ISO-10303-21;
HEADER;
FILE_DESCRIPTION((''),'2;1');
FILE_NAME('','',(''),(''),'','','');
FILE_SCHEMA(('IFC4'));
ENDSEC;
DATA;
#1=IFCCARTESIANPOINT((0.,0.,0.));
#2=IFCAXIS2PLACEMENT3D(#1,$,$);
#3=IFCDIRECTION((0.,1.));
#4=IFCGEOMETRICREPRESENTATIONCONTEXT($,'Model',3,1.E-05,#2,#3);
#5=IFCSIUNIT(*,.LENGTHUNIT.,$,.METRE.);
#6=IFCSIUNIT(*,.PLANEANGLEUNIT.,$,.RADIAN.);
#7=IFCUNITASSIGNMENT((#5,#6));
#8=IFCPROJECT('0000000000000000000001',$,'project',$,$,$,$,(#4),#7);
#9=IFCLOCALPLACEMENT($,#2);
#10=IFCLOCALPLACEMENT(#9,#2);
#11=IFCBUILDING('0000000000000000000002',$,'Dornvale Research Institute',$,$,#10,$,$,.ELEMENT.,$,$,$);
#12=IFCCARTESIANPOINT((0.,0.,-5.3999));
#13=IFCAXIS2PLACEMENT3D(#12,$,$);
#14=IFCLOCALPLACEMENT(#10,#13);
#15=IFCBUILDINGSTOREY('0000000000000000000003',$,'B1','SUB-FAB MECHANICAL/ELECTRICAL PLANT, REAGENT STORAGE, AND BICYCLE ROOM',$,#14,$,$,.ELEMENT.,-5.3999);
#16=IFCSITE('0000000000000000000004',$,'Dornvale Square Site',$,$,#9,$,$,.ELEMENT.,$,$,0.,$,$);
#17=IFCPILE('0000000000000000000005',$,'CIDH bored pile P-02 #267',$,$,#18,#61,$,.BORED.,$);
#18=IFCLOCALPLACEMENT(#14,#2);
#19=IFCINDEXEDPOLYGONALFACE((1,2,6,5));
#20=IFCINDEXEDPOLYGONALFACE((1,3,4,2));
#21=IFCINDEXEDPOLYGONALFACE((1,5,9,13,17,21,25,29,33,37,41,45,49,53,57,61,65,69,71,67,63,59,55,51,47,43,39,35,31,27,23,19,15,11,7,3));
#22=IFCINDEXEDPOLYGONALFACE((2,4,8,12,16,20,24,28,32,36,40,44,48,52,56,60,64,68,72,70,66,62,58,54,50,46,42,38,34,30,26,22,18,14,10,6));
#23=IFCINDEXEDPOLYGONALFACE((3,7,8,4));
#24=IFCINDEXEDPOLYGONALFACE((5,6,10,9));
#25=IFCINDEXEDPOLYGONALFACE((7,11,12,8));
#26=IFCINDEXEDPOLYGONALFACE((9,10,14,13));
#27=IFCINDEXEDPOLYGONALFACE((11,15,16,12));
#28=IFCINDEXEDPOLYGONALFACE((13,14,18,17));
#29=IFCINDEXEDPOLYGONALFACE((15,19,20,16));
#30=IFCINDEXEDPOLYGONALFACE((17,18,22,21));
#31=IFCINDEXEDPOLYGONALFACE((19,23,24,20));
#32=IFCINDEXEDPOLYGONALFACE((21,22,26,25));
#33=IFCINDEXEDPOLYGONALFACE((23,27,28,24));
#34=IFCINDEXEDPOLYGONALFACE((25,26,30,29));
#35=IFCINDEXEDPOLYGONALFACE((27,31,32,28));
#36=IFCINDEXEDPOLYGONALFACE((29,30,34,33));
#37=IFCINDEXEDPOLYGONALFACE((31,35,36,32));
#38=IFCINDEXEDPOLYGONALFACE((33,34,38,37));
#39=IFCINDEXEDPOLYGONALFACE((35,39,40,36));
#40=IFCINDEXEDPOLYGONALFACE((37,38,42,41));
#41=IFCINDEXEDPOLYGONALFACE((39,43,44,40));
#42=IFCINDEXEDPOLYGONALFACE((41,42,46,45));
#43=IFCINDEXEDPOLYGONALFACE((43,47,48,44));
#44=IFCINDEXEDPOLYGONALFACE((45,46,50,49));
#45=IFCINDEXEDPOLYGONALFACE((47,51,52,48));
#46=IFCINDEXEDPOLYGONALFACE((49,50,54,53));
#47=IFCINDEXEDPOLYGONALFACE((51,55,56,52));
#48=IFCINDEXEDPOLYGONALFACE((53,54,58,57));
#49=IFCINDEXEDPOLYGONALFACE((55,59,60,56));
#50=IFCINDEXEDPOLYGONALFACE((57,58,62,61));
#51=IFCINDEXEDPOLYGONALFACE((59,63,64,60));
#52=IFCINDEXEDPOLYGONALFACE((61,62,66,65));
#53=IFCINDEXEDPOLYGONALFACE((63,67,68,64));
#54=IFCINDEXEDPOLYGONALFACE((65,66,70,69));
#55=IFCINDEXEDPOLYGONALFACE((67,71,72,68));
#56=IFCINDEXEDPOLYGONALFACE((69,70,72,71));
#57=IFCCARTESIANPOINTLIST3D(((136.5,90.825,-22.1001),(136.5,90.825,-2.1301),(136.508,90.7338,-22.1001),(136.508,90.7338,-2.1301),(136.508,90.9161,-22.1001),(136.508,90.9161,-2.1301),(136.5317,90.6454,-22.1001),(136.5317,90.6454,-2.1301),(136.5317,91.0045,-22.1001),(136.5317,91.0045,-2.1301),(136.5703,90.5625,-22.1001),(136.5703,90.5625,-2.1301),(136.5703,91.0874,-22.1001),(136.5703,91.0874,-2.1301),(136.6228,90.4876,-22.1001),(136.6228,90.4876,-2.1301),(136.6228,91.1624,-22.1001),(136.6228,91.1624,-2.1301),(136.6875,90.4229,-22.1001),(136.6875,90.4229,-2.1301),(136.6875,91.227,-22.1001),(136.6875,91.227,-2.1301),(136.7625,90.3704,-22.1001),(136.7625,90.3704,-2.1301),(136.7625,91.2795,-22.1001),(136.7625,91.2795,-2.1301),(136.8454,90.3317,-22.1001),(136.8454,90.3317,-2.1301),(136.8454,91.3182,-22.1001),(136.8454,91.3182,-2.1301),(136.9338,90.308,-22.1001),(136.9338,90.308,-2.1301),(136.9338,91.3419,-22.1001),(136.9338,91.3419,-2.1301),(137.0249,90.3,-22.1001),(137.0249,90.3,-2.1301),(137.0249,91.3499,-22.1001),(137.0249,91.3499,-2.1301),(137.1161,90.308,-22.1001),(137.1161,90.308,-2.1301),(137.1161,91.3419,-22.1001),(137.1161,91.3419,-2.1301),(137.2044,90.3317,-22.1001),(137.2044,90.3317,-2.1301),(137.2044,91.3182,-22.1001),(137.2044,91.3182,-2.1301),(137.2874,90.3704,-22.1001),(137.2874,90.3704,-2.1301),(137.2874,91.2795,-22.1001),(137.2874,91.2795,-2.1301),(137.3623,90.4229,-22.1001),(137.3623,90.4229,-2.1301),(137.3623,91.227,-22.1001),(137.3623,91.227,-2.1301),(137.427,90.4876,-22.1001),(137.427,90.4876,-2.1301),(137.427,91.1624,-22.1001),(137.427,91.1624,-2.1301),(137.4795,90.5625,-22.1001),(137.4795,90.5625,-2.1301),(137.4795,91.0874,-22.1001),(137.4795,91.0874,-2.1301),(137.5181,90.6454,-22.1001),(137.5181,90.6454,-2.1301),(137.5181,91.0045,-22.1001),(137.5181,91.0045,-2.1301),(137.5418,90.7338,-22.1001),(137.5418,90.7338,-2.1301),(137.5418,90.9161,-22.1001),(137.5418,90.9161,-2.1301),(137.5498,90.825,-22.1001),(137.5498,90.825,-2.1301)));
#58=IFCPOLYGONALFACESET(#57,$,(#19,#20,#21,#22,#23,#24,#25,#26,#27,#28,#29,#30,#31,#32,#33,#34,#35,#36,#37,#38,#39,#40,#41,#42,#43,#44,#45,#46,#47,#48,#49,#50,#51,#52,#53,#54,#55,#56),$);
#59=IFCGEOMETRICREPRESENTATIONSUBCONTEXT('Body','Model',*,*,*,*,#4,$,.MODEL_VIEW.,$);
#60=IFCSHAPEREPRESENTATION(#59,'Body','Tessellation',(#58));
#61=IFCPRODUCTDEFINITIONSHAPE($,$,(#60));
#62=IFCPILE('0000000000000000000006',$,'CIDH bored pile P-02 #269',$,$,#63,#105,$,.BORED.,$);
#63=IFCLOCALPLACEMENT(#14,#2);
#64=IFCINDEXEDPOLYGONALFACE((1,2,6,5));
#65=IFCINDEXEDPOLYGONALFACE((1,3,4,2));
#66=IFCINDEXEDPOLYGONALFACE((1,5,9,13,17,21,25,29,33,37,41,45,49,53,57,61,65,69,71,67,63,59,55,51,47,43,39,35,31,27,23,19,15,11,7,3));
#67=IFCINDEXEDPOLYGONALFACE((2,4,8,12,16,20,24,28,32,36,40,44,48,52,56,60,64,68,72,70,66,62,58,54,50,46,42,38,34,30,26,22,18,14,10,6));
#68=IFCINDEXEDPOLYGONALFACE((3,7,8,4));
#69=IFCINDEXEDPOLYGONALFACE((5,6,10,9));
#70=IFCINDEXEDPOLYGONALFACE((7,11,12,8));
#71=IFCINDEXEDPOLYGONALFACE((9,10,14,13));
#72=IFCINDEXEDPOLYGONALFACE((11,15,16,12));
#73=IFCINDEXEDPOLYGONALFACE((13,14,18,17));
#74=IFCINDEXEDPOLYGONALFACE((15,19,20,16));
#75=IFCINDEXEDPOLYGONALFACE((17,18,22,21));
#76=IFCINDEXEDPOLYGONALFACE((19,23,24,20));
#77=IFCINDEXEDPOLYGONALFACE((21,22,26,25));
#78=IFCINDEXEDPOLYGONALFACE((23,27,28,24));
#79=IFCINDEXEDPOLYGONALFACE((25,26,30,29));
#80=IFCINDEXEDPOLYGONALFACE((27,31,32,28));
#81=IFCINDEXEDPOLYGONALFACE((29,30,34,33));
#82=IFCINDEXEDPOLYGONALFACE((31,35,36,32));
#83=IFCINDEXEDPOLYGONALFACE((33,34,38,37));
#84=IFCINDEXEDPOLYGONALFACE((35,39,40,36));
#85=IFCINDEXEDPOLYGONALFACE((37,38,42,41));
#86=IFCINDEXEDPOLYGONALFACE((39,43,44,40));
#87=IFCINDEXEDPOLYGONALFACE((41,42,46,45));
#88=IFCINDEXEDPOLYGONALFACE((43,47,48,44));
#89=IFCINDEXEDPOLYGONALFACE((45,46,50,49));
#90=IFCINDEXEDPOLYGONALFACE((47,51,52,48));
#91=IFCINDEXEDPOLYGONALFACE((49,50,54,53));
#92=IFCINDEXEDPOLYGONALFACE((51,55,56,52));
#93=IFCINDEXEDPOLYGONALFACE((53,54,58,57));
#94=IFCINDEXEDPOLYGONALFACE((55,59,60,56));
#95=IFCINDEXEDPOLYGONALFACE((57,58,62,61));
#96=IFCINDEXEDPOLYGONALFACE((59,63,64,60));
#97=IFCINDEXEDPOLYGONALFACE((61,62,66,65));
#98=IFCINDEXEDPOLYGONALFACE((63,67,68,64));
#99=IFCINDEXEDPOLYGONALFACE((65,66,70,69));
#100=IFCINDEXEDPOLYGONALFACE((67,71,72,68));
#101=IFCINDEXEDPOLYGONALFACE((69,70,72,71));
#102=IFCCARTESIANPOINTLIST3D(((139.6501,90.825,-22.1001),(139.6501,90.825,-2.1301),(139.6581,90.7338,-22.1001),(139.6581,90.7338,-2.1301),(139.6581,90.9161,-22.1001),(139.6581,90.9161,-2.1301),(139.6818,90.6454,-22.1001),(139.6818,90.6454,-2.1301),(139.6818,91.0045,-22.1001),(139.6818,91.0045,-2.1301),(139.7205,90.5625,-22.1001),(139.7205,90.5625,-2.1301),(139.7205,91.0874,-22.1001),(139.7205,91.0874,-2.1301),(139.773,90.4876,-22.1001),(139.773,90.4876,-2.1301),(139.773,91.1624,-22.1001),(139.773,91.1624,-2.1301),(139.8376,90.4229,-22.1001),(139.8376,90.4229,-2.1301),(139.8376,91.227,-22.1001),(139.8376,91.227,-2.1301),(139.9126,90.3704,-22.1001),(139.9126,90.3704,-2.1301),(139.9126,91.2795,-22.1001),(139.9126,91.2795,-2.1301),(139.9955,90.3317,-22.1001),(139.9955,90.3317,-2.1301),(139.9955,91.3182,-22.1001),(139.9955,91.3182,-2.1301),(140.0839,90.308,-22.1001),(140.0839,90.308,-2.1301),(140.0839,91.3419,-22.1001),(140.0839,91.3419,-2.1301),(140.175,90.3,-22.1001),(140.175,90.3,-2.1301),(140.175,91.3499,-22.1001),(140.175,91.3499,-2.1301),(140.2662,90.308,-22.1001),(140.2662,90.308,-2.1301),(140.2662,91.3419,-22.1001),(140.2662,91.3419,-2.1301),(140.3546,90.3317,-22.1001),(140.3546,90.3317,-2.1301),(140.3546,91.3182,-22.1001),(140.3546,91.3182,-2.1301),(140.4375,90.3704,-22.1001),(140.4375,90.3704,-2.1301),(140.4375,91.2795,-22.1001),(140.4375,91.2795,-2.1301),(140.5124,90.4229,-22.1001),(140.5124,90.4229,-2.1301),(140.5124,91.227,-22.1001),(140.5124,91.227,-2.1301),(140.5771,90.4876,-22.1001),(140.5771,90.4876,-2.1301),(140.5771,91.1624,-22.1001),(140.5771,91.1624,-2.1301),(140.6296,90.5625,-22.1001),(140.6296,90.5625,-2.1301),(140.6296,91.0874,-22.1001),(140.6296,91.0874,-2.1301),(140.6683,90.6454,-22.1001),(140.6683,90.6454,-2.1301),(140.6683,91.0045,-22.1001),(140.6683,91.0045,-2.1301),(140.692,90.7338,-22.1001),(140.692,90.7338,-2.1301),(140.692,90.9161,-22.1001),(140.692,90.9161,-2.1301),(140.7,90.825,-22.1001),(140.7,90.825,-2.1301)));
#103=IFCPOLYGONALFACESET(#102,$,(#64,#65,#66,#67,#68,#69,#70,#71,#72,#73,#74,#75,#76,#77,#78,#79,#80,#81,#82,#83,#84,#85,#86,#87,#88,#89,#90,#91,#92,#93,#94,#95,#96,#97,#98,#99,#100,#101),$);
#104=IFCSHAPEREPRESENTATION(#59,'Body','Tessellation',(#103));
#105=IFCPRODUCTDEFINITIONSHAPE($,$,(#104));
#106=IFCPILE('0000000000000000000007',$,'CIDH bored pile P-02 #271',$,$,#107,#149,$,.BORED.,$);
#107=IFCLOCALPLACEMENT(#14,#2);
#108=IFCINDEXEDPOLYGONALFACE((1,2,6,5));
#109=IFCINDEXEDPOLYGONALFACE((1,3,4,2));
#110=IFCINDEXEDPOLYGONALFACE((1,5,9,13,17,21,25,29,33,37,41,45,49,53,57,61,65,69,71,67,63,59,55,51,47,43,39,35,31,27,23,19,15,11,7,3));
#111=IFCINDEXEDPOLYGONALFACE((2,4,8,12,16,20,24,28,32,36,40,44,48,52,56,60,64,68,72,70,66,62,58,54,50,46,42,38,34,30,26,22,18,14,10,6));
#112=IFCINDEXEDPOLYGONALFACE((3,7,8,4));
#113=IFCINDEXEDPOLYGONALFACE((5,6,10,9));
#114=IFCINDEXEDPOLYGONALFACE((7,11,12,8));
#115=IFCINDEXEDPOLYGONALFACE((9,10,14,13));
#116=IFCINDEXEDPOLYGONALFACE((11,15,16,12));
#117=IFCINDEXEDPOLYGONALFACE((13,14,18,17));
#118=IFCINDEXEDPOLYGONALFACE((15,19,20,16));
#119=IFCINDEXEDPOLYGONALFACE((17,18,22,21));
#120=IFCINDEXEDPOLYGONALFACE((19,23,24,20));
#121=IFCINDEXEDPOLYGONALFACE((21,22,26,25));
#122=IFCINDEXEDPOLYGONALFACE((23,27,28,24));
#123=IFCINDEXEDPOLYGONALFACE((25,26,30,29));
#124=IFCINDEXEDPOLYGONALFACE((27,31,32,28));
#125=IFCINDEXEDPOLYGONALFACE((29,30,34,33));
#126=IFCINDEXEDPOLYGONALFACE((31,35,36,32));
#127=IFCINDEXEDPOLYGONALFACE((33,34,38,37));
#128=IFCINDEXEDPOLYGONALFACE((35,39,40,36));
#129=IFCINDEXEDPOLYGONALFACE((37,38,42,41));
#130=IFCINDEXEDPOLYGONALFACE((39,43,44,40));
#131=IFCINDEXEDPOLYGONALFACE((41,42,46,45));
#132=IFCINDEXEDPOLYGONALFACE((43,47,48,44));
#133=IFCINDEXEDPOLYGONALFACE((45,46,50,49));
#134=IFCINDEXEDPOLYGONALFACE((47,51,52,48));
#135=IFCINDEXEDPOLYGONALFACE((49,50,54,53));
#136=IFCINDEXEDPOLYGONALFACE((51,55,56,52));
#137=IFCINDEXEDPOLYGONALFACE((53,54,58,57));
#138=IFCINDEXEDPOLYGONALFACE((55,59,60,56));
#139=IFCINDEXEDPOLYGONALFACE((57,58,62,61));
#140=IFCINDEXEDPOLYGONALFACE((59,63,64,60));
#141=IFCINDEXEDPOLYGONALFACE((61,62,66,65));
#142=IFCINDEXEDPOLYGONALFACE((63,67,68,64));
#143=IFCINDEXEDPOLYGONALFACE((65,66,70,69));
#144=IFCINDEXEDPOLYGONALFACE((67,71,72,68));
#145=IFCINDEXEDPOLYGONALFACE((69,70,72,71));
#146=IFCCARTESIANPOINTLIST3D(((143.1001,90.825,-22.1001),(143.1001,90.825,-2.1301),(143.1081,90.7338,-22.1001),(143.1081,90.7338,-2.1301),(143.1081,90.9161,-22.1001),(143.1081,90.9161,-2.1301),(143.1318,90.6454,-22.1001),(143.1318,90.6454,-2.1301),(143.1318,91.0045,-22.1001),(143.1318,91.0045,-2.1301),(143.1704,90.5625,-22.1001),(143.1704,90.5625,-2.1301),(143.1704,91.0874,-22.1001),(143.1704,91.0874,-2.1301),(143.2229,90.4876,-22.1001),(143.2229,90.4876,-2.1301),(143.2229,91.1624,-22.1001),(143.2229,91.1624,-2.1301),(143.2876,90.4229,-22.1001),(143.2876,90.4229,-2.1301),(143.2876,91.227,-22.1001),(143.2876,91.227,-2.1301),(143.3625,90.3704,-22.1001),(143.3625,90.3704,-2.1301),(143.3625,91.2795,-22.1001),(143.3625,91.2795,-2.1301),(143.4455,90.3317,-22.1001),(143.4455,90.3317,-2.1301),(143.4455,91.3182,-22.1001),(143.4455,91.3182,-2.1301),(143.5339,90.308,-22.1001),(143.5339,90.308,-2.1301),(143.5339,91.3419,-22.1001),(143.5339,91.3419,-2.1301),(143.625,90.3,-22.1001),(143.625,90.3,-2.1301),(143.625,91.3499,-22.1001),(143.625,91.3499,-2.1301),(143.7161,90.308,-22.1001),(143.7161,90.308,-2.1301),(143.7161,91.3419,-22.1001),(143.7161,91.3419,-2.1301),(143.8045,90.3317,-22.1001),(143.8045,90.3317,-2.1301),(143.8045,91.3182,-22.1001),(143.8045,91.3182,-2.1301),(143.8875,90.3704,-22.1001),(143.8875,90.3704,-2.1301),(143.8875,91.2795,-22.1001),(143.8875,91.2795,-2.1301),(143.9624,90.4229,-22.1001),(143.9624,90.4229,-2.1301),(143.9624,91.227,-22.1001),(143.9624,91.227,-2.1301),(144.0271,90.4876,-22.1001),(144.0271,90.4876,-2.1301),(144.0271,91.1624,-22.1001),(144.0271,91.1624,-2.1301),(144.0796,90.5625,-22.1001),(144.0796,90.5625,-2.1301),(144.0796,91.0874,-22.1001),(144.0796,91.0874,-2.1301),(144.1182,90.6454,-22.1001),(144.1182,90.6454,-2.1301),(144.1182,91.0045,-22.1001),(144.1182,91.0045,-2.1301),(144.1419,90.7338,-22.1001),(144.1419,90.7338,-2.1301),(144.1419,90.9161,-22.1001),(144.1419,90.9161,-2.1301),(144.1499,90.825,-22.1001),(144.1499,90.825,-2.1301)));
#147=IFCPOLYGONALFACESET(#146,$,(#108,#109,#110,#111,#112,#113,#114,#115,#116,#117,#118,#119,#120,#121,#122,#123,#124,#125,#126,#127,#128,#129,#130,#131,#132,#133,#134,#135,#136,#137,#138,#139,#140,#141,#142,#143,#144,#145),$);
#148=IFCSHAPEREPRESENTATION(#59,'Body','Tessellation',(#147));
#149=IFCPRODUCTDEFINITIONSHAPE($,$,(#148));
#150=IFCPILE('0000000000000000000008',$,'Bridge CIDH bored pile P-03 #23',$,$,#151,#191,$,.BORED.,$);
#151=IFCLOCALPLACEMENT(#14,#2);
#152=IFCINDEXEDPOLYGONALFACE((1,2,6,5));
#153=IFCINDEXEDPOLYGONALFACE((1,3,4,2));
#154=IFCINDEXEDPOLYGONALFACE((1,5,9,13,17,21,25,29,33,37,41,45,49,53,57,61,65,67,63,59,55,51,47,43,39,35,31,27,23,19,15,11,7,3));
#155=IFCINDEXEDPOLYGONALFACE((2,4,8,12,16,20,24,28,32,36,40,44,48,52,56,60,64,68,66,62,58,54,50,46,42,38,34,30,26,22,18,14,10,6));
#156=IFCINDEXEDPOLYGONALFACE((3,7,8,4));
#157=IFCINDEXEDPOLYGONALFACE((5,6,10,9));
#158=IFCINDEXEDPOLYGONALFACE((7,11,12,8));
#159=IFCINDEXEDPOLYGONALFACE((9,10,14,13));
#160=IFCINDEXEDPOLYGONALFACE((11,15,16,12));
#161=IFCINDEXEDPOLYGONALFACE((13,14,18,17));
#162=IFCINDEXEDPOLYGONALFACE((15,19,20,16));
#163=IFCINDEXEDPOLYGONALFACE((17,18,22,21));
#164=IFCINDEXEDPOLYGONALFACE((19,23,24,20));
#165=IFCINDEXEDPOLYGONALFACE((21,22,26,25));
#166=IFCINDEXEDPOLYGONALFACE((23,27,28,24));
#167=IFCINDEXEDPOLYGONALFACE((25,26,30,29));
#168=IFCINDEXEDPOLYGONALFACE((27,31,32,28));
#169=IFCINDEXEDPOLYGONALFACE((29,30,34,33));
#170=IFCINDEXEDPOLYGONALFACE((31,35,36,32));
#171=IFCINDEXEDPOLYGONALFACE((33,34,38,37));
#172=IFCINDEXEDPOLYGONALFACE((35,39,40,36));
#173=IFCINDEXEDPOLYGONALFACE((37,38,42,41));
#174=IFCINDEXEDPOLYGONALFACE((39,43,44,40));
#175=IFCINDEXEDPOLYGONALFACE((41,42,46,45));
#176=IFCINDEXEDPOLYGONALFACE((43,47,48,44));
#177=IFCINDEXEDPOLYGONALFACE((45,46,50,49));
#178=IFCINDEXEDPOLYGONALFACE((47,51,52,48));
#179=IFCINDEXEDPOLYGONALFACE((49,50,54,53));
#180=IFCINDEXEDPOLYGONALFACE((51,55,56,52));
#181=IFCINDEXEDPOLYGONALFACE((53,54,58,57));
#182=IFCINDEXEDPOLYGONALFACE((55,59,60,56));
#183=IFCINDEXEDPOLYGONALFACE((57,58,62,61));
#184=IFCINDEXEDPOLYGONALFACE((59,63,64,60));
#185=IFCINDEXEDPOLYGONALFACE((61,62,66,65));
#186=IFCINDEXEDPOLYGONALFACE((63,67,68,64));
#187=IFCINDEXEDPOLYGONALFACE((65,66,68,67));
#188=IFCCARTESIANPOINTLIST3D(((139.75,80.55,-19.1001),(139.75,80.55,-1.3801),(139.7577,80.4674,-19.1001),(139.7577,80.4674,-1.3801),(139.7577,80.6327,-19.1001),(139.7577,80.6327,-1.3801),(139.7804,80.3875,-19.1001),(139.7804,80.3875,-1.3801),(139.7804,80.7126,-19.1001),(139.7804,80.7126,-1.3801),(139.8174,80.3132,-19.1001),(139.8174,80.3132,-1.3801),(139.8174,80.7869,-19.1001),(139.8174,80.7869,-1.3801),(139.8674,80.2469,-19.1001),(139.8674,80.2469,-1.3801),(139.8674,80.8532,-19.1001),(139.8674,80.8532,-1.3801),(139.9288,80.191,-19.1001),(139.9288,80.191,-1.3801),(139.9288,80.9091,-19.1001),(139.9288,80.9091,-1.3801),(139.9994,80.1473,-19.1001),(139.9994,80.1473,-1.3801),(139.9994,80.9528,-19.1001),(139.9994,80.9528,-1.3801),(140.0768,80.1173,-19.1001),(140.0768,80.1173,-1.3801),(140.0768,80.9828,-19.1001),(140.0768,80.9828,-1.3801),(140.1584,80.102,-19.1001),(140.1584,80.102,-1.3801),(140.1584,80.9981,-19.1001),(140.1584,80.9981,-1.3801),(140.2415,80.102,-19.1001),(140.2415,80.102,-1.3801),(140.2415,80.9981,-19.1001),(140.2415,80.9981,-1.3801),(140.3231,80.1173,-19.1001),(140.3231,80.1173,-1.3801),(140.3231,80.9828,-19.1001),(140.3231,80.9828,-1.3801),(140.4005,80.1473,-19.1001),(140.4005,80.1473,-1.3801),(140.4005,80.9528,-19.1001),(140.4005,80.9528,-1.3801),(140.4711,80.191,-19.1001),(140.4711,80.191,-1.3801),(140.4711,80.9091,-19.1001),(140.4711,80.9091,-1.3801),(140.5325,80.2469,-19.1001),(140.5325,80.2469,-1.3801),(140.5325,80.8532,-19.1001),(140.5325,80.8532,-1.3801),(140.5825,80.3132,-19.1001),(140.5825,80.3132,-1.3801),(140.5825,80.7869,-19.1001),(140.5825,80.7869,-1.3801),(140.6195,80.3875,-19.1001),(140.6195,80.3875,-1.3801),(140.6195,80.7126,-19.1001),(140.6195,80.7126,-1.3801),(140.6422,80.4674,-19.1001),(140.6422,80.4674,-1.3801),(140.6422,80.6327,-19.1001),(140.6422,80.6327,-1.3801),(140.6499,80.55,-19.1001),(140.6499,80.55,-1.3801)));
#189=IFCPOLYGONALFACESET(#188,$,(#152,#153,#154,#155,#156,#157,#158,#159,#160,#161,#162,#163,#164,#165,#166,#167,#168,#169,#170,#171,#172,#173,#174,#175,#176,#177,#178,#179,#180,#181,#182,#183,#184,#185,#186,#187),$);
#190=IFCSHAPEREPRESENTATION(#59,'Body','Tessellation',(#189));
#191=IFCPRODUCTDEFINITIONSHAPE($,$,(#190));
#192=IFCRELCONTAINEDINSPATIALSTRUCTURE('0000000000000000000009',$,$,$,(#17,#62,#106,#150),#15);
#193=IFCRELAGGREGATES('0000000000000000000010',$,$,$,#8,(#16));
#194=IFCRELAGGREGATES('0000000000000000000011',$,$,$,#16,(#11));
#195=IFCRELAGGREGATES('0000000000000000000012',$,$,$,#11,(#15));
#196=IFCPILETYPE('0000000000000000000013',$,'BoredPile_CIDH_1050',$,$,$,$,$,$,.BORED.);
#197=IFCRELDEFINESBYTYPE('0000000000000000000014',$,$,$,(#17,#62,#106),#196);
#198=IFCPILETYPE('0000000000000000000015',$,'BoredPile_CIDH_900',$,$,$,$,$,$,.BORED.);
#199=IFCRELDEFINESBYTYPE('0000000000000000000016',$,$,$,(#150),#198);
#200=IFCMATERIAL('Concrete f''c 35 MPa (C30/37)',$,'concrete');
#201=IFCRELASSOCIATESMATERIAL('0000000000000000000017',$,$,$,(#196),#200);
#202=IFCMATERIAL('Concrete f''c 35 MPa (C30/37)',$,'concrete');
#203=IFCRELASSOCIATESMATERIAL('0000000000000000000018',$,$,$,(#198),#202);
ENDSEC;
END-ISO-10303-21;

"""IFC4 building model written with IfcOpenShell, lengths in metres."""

from ifc_helpers import new_model, si_unit, direction, frame, origin, origin_2d, place, context, subcontext, project, spatial, circle, extrude, material, material_profile, profile_set, type_object, element, save


model = new_model("IFC4")

# Units and contexts
model_context = context("Model", 3, precision=1e-05, world=origin(), true_north=direction((0.0, 1.0)))
body_context = subcontext(model_context, "Body", "Model", "MODEL_VIEW")
ifc_project = project(units=[si_unit("LENGTHUNIT", "METRE"), si_unit("PLANEANGLEUNIT", "RADIAN")], contexts=[model_context])

# Site, building, storey
site_placement = place(None, origin())
site = spatial("IfcSite", under=ifc_project, at=site_placement, Name="Dornvale Square Site", CompositionType="ELEMENT", RefElevation=0.0)
building_placement = place(site_placement, origin())
building = spatial("IfcBuilding", under=site, at=building_placement, Name="Dornvale Research Institute", CompositionType="ELEMENT")
storey_placement = place(building_placement, frame((0.0, 0.0, -5.3999)))
storey = spatial("IfcBuildingStorey", under=building, at=storey_placement, Name="B1", Description="SUB-FAB MECHANICAL/ELECTRICAL PLANT, REAGENT STORAGE, AND BICYCLE ROOM", CompositionType="ELEMENT", Elevation=-5.3999)

# Piles
ifc_material_1 = material(Name="Concrete f'c 35 MPa (C30/37)", Category="concrete")
ifc_material_profile_1 = material_profile(ifc_material_1, circle(Radius=0.5249, at=origin_2d()), Name="CIDH PILE D1050")
ifc_profile_set_1 = profile_set([ifc_material_profile_1], Name="Concrete f'c 35 MPa (C30/37)")
pile_type_1 = type_object("IfcPileType", Name="BoredPile_CIDH_1050", PredefinedType="BORED", material=ifc_profile_set_1)
for number, where, z_axis, x_axis, name in (
    (1, (137.0249, 90.825, -2.1301), (0.0, 0.0, -1.0), (1.0, 0.0, 0.0), "CIDH bored pile P-02 #267"),
    (2, (140.175, 90.825, -2.1301), (0.0, 0.0, -1.0), (1.0, 0.0, 0.0), "CIDH bored pile P-02 #269"),
    (3, (143.625, 90.825, -2.1301), (0.0, 0.0, -1.0), (1.0, 0.0, 0.0), "CIDH bored pile P-02 #271"),
):
    element("IfcPile", number, at=place(storey_placement, frame(where, z_axis=z_axis, x_axis=x_axis)), inside=storey, type_object=pile_type_1, Name=name, PredefinedType="BORED", context=body_context, shape_type="SweptSolid", body=[
        extrude(circle(Radius=0.5249, at=origin_2d()), origin(), (0.0, 0.0, 1.0), 19.97),
    ])
ifc_material_2 = material(Name="Concrete f'c 35 MPa (C30/37)", Category="concrete")
ifc_material_profile_2 = material_profile(ifc_material_2, circle(Radius=0.45, at=origin_2d()), Name="CIDH PILE D900")
ifc_profile_set_2 = profile_set([ifc_material_profile_2], Name="Concrete f'c 35 MPa (C30/37)")
pile_type_2 = type_object("IfcPileType", Name="BoredPile_CIDH_900", PredefinedType="BORED", material=ifc_profile_set_2)
for number, where, z_axis, x_axis, name in (
    (4, (140.2, 80.55, -1.3801), (0.0, 0.0, -1.0), (1.0, 0.0, 0.0), "Bridge CIDH bored pile P-03 #23"),
):
    element("IfcPile", number, at=place(storey_placement, frame(where, z_axis=z_axis, x_axis=x_axis)), inside=storey, type_object=pile_type_2, Name=name, PredefinedType="BORED", context=body_context, shape_type="SweptSolid", body=[
        extrude(circle(Radius=0.45, at=origin_2d()), origin(), (0.0, 0.0, 1.0), 17.72),
    ])

save(model, "model.ifc")
